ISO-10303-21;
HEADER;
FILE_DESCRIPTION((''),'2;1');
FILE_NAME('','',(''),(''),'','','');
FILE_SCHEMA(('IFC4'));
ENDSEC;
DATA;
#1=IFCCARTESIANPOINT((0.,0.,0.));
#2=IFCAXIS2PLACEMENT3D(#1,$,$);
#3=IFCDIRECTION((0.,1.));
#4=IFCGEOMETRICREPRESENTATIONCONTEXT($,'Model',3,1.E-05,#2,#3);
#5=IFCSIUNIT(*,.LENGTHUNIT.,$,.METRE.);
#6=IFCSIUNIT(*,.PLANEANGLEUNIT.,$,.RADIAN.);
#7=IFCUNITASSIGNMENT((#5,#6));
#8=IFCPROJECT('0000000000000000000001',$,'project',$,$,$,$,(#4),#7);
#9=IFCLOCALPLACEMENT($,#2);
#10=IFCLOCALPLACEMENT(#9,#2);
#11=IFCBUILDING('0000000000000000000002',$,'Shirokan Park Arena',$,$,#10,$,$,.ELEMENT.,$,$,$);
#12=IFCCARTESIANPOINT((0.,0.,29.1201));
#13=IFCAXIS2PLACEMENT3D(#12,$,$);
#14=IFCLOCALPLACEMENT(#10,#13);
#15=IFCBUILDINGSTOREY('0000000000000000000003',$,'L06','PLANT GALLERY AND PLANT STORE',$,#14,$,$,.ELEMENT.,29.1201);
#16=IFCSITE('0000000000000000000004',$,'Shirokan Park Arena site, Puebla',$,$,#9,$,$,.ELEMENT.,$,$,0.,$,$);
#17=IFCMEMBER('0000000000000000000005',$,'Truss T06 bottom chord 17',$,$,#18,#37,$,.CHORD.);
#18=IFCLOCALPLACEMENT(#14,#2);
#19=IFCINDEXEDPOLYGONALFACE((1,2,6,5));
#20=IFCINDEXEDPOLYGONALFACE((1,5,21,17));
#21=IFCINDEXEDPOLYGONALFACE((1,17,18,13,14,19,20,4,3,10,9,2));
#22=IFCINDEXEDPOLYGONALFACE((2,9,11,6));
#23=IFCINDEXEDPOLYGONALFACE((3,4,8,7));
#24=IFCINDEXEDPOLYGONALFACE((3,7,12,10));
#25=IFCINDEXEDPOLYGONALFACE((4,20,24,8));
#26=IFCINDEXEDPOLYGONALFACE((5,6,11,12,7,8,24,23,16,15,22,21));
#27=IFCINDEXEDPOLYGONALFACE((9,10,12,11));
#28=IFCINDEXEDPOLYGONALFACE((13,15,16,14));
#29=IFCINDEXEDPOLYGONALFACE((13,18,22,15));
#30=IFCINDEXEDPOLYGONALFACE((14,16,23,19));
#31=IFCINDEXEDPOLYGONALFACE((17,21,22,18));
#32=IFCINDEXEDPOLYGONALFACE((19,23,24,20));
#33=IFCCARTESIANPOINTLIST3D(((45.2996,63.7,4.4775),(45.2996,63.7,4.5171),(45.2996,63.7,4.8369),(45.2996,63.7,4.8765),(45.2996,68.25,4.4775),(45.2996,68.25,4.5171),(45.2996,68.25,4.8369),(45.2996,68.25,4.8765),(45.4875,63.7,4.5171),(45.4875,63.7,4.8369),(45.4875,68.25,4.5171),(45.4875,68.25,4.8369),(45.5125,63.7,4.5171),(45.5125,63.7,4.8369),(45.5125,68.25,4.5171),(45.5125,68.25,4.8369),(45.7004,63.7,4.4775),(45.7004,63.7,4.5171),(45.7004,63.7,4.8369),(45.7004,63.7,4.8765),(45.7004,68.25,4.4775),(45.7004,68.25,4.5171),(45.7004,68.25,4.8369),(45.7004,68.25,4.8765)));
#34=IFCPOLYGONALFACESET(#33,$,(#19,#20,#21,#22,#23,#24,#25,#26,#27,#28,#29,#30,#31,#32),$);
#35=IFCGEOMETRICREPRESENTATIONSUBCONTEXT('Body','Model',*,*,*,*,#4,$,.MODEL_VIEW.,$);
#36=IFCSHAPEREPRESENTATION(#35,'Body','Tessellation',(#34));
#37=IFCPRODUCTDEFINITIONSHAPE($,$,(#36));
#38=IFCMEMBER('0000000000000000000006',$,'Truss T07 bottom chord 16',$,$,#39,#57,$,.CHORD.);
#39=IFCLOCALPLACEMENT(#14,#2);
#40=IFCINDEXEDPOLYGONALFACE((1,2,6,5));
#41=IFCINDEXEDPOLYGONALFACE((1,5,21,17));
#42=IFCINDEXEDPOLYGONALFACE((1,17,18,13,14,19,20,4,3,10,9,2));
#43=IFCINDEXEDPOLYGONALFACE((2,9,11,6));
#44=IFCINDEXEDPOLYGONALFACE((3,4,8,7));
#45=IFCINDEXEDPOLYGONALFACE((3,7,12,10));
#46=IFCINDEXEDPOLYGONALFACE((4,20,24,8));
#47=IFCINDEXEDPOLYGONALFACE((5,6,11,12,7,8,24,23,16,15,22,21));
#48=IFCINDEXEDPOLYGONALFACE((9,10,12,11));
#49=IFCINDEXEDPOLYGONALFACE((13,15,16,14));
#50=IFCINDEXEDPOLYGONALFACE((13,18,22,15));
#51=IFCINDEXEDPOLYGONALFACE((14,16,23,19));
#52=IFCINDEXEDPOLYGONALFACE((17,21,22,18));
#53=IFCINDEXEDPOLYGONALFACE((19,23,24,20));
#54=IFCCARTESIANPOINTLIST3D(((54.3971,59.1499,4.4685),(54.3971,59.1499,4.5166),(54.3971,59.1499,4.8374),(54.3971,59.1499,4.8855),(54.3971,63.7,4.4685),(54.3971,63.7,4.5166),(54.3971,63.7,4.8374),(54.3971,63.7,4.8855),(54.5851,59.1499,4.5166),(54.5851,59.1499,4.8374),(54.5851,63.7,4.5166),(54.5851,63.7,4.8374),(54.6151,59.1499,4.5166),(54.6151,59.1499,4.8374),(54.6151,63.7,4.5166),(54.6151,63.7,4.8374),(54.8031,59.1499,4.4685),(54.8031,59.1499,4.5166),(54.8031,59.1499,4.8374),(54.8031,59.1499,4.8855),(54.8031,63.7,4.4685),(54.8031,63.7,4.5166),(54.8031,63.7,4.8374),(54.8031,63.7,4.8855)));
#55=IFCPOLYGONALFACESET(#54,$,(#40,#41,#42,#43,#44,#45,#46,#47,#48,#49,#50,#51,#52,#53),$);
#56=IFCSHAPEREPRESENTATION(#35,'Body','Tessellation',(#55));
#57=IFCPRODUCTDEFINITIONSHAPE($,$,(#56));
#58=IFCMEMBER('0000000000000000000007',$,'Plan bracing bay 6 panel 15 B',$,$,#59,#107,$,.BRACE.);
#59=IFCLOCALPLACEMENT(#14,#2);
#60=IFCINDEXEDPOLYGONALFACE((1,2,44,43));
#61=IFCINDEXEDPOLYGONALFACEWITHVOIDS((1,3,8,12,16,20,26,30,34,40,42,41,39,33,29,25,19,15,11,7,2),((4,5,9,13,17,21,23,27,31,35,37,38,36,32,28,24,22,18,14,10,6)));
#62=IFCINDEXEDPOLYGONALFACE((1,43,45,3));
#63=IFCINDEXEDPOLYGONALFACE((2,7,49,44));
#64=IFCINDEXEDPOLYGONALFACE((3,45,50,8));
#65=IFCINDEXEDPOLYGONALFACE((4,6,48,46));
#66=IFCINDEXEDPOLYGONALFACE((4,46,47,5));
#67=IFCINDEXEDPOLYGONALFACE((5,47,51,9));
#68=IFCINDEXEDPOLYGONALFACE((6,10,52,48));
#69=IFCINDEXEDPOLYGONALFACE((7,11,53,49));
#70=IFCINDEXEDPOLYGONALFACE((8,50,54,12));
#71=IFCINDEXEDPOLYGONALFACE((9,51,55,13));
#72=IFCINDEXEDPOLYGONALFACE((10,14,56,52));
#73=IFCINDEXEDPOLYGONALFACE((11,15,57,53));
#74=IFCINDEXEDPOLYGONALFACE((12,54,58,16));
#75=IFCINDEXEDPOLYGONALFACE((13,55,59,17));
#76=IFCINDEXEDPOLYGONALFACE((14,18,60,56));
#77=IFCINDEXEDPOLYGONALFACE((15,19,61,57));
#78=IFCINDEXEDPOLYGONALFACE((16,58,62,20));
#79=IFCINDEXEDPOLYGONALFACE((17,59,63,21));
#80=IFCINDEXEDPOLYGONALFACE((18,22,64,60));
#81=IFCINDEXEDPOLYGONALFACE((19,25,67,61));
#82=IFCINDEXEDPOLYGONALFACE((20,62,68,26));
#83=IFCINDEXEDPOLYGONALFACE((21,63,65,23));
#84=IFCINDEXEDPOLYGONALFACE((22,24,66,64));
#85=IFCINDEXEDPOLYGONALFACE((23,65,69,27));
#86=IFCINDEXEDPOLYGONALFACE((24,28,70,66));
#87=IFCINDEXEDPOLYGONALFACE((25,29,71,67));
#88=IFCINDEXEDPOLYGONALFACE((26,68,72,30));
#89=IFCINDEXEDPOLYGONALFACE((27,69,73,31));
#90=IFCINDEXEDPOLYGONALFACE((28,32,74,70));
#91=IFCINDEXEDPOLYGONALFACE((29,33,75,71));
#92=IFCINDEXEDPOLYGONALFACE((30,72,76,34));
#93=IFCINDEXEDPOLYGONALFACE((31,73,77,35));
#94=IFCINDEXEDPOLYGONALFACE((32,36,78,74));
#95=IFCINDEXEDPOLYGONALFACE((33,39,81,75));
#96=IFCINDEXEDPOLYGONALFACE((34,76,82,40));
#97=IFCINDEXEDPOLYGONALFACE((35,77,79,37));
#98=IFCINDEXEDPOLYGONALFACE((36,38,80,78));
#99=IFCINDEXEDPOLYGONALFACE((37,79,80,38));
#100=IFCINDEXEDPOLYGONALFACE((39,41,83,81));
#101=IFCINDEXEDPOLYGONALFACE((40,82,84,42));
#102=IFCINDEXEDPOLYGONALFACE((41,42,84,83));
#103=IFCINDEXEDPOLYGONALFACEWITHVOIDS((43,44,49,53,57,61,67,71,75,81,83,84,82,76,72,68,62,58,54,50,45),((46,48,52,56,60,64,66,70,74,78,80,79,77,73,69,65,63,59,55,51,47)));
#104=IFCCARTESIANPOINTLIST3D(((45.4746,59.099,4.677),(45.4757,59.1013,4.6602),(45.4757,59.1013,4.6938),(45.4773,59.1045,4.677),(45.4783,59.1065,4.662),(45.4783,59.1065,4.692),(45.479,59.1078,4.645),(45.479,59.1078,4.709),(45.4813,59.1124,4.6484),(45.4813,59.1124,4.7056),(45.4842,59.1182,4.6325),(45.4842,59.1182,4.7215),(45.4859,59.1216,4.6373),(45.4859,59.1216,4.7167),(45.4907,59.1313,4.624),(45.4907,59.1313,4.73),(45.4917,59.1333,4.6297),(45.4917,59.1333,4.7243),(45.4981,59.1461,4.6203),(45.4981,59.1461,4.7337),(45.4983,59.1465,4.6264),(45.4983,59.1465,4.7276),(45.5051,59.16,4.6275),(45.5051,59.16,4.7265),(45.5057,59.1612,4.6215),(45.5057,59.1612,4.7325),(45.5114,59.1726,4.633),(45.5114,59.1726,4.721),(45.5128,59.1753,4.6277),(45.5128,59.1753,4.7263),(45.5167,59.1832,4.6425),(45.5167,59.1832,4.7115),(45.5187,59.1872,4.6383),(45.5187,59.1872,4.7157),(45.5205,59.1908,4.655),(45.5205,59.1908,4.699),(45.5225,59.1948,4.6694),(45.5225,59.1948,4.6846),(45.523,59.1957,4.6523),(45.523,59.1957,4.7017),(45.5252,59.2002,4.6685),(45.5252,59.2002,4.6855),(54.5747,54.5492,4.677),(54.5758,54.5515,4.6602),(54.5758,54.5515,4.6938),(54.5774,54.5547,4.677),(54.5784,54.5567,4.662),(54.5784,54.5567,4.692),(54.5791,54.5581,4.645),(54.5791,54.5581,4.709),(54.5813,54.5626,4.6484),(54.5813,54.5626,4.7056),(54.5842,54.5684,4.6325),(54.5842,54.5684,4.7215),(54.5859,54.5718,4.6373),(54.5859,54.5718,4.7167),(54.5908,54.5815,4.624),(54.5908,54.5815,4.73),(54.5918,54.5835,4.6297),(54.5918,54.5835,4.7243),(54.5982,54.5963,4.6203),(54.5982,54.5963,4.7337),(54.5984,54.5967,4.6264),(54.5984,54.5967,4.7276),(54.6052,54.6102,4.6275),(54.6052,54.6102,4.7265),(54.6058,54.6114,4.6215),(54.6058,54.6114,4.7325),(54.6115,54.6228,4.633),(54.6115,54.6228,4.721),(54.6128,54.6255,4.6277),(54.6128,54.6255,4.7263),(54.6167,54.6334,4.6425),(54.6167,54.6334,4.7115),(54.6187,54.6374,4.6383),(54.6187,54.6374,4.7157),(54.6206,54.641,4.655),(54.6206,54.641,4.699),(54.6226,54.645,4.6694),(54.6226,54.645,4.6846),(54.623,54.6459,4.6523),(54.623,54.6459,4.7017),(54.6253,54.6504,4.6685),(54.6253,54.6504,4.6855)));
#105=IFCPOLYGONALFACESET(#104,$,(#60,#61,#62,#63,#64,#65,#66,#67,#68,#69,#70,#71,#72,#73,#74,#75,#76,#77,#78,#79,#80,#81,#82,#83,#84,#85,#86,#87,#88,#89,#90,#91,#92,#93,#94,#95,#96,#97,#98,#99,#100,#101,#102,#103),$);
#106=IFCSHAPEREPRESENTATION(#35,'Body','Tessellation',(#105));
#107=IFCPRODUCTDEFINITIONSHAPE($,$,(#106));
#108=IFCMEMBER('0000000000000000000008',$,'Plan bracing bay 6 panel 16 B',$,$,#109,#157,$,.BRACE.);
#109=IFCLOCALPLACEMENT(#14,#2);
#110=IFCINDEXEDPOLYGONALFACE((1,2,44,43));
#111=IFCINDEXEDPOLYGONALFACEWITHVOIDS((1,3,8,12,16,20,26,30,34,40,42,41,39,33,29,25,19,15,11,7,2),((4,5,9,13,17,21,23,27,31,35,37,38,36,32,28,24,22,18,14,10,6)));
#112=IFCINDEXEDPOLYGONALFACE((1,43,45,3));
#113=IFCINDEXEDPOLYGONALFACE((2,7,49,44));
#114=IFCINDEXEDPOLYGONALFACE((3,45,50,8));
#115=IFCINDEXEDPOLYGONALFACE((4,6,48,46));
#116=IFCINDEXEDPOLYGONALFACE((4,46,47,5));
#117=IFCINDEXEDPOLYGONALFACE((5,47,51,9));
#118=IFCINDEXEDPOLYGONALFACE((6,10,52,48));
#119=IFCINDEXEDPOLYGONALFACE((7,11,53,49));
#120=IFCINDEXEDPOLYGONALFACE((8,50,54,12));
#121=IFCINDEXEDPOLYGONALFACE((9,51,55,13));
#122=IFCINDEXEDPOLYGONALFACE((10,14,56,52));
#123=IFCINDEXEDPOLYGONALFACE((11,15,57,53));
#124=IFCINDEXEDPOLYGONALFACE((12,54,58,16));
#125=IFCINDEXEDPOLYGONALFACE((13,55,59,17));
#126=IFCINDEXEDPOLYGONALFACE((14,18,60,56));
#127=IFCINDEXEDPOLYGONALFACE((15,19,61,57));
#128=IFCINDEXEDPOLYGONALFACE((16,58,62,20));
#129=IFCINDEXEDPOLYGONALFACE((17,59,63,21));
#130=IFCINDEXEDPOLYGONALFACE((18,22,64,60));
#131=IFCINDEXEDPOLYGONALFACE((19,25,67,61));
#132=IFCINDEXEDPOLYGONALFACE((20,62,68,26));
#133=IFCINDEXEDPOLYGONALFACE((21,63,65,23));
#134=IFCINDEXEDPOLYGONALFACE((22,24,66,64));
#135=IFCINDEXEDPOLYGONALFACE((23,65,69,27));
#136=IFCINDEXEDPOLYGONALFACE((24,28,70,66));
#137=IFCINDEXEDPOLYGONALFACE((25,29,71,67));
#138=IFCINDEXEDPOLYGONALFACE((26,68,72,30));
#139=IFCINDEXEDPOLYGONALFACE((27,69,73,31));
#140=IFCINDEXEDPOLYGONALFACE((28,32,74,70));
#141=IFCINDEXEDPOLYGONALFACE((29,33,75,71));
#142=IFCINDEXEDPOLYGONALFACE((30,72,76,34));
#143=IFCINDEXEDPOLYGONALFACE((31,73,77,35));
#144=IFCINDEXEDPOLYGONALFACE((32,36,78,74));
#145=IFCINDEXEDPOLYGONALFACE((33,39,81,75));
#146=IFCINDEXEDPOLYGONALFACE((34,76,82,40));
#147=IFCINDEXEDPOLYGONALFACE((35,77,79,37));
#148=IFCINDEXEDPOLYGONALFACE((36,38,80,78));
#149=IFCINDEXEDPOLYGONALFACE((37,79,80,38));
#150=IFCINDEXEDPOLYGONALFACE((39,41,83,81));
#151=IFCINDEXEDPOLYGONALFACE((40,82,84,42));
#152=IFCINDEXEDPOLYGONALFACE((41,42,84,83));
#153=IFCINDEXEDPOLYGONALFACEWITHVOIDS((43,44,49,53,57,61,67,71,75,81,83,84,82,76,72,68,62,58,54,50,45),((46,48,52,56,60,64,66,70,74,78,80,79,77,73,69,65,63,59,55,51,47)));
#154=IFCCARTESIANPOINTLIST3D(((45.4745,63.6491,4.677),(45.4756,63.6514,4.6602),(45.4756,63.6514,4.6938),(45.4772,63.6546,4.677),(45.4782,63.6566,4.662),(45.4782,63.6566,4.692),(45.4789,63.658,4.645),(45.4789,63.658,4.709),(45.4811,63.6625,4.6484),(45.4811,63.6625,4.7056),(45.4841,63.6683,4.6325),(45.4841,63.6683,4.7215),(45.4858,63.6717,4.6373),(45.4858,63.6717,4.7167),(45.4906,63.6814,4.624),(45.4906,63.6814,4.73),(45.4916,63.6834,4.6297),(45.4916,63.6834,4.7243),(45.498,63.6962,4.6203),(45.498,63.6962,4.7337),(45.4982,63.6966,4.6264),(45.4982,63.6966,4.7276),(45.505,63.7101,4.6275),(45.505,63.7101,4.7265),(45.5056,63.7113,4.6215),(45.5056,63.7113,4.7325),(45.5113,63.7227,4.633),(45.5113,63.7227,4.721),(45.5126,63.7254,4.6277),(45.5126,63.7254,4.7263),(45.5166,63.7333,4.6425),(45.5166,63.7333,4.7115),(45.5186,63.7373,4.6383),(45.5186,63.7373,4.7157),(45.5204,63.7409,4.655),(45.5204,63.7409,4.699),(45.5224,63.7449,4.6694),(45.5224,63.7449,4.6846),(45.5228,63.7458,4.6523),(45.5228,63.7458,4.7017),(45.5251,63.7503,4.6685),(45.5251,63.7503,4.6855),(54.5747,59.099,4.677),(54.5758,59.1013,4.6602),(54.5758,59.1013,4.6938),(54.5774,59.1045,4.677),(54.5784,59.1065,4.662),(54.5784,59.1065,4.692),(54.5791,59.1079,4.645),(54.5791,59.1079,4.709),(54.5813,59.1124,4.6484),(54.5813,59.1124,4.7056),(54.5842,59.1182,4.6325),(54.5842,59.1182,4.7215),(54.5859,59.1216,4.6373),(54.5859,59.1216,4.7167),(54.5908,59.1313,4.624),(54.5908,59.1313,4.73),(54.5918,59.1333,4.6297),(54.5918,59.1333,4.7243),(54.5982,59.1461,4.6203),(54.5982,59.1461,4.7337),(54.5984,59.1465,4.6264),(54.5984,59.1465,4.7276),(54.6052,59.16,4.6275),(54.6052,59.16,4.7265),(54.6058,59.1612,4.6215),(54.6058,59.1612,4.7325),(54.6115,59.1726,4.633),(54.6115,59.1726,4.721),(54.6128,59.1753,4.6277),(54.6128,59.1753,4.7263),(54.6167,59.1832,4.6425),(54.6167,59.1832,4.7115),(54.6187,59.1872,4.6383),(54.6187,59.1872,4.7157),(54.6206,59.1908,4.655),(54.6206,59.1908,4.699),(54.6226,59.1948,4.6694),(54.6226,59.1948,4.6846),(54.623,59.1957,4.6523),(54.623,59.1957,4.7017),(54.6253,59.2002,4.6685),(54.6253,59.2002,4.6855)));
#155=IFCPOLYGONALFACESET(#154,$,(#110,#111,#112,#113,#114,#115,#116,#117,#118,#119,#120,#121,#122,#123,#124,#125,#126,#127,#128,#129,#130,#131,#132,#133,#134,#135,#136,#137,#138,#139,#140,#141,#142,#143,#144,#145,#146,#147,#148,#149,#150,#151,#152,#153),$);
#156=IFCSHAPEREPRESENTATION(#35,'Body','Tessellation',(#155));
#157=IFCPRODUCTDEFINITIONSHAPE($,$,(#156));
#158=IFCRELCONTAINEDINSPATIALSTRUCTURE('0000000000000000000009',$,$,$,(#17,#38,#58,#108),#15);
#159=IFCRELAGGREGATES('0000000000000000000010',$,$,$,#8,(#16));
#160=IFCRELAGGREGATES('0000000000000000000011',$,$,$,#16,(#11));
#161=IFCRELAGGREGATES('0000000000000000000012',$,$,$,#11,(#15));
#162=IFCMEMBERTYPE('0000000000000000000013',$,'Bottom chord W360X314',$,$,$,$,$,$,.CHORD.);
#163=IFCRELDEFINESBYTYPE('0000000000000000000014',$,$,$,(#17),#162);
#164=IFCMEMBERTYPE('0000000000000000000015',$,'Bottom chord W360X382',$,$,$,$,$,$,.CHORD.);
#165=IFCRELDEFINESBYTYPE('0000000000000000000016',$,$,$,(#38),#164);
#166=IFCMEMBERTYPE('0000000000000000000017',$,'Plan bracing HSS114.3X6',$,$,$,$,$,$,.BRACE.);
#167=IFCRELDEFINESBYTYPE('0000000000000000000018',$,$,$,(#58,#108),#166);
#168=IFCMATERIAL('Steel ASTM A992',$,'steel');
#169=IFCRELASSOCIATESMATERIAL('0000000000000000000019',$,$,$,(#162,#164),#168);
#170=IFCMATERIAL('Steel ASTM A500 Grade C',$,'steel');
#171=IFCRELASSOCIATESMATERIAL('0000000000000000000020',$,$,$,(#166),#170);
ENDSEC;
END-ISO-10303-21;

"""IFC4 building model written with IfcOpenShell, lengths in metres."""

from ifc_helpers import new_model, si_unit, direction, frame, origin, origin_2d, place, context, subcontext, project, spatial, hollow_circle, i_section, extrude, material, material_profile, profile_set, type_object, element, save


model = new_model("IFC4")

# Units and contexts
model_context = context("Model", 3, precision=1e-05, world=origin(), true_north=direction((0.0, 1.0)))
body_context = subcontext(model_context, "Body", "Model", "MODEL_VIEW")
ifc_project = project(units=[si_unit("LENGTHUNIT", "METRE"), si_unit("PLANEANGLEUNIT", "RADIAN")], contexts=[model_context])

# Site, building, storey
site_placement = place(None, origin())
site = spatial("IfcSite", under=ifc_project, at=site_placement, Name="Shirokan Park Arena site, Puebla", CompositionType="ELEMENT", RefElevation=0.0)
building_placement = place(site_placement, origin())
building = spatial("IfcBuilding", under=site, at=building_placement, Name="Shirokan Park Arena", CompositionType="ELEMENT")
storey_placement = place(building_placement, frame((0.0, 0.0, 29.1201)))
storey = spatial("IfcBuildingStorey", under=building, at=storey_placement, Name="L06", Description="PLANT GALLERY AND PLANT STORE", CompositionType="ELEMENT", Elevation=29.1201)

# Members
ifc_material_1 = material(Name="Steel ASTM A992", Category="steel")
ifc_material_profile_1 = material_profile(ifc_material_1, i_section(OverallWidth=0.4009, OverallDepth=0.3989, WebThickness=0.0249, FlangeThickness=0.0396, at=origin_2d()), Name="W360X314")
ifc_profile_set_1 = profile_set([ifc_material_profile_1], Name="Steel ASTM A992")
member_type_1 = type_object("IfcMemberType", Name="Bottom chord W360X314", PredefinedType="CHORD", material=ifc_profile_set_1)
member_1_placement = place(storey_placement, frame((45.5, 63.7, 4.677), z_axis=(0.0, 1.0, 0.0), x_axis=(-1.0, 0.0, 0.0)))
element("IfcMember", 1, at=member_1_placement, inside=storey, type_object=member_type_1, Name="Truss T06 bottom chord 17", PredefinedType="CHORD", context=body_context, shape_type="SweptSolid", body=[
    extrude(i_section(OverallWidth=0.4009, OverallDepth=0.3989, WebThickness=0.0249, FlangeThickness=0.0396, at=origin_2d()), origin(), (0.0, 0.0, 1.0), 4.55),
])
ifc_material_profile_2 = material_profile(ifc_material_1, i_section(OverallWidth=0.406, OverallDepth=0.417, WebThickness=0.03, FlangeThickness=0.0481, at=origin_2d()), Name="W360X382")
ifc_profile_set_2 = profile_set([ifc_material_profile_2], Name="Steel ASTM A992")
member_type_2 = type_object("IfcMemberType", Name="Bottom chord W360X382", PredefinedType="CHORD", material=ifc_profile_set_2)
member_2_placement = place(storey_placement, frame((54.6001, 59.1499, 4.677), z_axis=(0.0, 1.0, 0.0), x_axis=(-1.0, 0.0, 0.0)))
element("IfcMember", 2, at=member_2_placement, inside=storey, type_object=member_type_2, Name="Truss T07 bottom chord 16", PredefinedType="CHORD", context=body_context, shape_type="SweptSolid", body=[
    extrude(i_section(OverallWidth=0.406, OverallDepth=0.417, WebThickness=0.03, FlangeThickness=0.0481, at=origin_2d()), origin(), (0.0, 0.0, 1.0), 4.55),
])
ifc_material_2 = material(Name="Steel ASTM A500 Grade C", Category="steel")
ifc_material_profile_3 = material_profile(ifc_material_2, hollow_circle(Radius=0.0569, WallThickness=0.0061, at=origin_2d()), Name="HSS114.3X6")
ifc_profile_set_3 = profile_set([ifc_material_profile_3], Name="Steel ASTM A500 Grade C")
member_type_3 = type_object("IfcMemberType", Name="Plan bracing HSS114.3X6", PredefinedType="BRACE", material=ifc_profile_set_3)
member_3_placement = place(storey_placement, frame((54.6001, 54.6001, 4.677), z_axis=(-0.894437, 0.447194, 0.0), x_axis=(-0.447194, -0.894437, 0.0)))
element("IfcMember", 3, at=member_3_placement, inside=storey, type_object=member_type_3, Name="Plan bracing bay 6 panel 15 B", PredefinedType="BRACE", context=body_context, shape_type="SweptSolid", body=[
    extrude(hollow_circle(Radius=0.0569, WallThickness=0.0061, at=origin_2d()), origin(), (0.0, 0.0, 1.0), 10.1741),
])
for number, where, z_axis, x_axis, name in (
    (4, (54.6001, 59.1499, 4.677), (-0.894427, 0.447214, 0.0), (-0.447214, -0.894427, 0.0), "Plan bracing bay 6 panel 16 B"),
):
    element("IfcMember", number, at=place(storey_placement, frame(where, z_axis=z_axis, x_axis=x_axis)), inside=storey, type_object=member_type_3, Name=name, PredefinedType="BRACE", context=body_context, shape_type="SweptSolid", body=[
        extrude(hollow_circle(Radius=0.0569, WallThickness=0.0061, at=origin_2d()), origin(), (0.0, 0.0, 1.0), 10.1743),
    ])

save(model, "model.ifc")
